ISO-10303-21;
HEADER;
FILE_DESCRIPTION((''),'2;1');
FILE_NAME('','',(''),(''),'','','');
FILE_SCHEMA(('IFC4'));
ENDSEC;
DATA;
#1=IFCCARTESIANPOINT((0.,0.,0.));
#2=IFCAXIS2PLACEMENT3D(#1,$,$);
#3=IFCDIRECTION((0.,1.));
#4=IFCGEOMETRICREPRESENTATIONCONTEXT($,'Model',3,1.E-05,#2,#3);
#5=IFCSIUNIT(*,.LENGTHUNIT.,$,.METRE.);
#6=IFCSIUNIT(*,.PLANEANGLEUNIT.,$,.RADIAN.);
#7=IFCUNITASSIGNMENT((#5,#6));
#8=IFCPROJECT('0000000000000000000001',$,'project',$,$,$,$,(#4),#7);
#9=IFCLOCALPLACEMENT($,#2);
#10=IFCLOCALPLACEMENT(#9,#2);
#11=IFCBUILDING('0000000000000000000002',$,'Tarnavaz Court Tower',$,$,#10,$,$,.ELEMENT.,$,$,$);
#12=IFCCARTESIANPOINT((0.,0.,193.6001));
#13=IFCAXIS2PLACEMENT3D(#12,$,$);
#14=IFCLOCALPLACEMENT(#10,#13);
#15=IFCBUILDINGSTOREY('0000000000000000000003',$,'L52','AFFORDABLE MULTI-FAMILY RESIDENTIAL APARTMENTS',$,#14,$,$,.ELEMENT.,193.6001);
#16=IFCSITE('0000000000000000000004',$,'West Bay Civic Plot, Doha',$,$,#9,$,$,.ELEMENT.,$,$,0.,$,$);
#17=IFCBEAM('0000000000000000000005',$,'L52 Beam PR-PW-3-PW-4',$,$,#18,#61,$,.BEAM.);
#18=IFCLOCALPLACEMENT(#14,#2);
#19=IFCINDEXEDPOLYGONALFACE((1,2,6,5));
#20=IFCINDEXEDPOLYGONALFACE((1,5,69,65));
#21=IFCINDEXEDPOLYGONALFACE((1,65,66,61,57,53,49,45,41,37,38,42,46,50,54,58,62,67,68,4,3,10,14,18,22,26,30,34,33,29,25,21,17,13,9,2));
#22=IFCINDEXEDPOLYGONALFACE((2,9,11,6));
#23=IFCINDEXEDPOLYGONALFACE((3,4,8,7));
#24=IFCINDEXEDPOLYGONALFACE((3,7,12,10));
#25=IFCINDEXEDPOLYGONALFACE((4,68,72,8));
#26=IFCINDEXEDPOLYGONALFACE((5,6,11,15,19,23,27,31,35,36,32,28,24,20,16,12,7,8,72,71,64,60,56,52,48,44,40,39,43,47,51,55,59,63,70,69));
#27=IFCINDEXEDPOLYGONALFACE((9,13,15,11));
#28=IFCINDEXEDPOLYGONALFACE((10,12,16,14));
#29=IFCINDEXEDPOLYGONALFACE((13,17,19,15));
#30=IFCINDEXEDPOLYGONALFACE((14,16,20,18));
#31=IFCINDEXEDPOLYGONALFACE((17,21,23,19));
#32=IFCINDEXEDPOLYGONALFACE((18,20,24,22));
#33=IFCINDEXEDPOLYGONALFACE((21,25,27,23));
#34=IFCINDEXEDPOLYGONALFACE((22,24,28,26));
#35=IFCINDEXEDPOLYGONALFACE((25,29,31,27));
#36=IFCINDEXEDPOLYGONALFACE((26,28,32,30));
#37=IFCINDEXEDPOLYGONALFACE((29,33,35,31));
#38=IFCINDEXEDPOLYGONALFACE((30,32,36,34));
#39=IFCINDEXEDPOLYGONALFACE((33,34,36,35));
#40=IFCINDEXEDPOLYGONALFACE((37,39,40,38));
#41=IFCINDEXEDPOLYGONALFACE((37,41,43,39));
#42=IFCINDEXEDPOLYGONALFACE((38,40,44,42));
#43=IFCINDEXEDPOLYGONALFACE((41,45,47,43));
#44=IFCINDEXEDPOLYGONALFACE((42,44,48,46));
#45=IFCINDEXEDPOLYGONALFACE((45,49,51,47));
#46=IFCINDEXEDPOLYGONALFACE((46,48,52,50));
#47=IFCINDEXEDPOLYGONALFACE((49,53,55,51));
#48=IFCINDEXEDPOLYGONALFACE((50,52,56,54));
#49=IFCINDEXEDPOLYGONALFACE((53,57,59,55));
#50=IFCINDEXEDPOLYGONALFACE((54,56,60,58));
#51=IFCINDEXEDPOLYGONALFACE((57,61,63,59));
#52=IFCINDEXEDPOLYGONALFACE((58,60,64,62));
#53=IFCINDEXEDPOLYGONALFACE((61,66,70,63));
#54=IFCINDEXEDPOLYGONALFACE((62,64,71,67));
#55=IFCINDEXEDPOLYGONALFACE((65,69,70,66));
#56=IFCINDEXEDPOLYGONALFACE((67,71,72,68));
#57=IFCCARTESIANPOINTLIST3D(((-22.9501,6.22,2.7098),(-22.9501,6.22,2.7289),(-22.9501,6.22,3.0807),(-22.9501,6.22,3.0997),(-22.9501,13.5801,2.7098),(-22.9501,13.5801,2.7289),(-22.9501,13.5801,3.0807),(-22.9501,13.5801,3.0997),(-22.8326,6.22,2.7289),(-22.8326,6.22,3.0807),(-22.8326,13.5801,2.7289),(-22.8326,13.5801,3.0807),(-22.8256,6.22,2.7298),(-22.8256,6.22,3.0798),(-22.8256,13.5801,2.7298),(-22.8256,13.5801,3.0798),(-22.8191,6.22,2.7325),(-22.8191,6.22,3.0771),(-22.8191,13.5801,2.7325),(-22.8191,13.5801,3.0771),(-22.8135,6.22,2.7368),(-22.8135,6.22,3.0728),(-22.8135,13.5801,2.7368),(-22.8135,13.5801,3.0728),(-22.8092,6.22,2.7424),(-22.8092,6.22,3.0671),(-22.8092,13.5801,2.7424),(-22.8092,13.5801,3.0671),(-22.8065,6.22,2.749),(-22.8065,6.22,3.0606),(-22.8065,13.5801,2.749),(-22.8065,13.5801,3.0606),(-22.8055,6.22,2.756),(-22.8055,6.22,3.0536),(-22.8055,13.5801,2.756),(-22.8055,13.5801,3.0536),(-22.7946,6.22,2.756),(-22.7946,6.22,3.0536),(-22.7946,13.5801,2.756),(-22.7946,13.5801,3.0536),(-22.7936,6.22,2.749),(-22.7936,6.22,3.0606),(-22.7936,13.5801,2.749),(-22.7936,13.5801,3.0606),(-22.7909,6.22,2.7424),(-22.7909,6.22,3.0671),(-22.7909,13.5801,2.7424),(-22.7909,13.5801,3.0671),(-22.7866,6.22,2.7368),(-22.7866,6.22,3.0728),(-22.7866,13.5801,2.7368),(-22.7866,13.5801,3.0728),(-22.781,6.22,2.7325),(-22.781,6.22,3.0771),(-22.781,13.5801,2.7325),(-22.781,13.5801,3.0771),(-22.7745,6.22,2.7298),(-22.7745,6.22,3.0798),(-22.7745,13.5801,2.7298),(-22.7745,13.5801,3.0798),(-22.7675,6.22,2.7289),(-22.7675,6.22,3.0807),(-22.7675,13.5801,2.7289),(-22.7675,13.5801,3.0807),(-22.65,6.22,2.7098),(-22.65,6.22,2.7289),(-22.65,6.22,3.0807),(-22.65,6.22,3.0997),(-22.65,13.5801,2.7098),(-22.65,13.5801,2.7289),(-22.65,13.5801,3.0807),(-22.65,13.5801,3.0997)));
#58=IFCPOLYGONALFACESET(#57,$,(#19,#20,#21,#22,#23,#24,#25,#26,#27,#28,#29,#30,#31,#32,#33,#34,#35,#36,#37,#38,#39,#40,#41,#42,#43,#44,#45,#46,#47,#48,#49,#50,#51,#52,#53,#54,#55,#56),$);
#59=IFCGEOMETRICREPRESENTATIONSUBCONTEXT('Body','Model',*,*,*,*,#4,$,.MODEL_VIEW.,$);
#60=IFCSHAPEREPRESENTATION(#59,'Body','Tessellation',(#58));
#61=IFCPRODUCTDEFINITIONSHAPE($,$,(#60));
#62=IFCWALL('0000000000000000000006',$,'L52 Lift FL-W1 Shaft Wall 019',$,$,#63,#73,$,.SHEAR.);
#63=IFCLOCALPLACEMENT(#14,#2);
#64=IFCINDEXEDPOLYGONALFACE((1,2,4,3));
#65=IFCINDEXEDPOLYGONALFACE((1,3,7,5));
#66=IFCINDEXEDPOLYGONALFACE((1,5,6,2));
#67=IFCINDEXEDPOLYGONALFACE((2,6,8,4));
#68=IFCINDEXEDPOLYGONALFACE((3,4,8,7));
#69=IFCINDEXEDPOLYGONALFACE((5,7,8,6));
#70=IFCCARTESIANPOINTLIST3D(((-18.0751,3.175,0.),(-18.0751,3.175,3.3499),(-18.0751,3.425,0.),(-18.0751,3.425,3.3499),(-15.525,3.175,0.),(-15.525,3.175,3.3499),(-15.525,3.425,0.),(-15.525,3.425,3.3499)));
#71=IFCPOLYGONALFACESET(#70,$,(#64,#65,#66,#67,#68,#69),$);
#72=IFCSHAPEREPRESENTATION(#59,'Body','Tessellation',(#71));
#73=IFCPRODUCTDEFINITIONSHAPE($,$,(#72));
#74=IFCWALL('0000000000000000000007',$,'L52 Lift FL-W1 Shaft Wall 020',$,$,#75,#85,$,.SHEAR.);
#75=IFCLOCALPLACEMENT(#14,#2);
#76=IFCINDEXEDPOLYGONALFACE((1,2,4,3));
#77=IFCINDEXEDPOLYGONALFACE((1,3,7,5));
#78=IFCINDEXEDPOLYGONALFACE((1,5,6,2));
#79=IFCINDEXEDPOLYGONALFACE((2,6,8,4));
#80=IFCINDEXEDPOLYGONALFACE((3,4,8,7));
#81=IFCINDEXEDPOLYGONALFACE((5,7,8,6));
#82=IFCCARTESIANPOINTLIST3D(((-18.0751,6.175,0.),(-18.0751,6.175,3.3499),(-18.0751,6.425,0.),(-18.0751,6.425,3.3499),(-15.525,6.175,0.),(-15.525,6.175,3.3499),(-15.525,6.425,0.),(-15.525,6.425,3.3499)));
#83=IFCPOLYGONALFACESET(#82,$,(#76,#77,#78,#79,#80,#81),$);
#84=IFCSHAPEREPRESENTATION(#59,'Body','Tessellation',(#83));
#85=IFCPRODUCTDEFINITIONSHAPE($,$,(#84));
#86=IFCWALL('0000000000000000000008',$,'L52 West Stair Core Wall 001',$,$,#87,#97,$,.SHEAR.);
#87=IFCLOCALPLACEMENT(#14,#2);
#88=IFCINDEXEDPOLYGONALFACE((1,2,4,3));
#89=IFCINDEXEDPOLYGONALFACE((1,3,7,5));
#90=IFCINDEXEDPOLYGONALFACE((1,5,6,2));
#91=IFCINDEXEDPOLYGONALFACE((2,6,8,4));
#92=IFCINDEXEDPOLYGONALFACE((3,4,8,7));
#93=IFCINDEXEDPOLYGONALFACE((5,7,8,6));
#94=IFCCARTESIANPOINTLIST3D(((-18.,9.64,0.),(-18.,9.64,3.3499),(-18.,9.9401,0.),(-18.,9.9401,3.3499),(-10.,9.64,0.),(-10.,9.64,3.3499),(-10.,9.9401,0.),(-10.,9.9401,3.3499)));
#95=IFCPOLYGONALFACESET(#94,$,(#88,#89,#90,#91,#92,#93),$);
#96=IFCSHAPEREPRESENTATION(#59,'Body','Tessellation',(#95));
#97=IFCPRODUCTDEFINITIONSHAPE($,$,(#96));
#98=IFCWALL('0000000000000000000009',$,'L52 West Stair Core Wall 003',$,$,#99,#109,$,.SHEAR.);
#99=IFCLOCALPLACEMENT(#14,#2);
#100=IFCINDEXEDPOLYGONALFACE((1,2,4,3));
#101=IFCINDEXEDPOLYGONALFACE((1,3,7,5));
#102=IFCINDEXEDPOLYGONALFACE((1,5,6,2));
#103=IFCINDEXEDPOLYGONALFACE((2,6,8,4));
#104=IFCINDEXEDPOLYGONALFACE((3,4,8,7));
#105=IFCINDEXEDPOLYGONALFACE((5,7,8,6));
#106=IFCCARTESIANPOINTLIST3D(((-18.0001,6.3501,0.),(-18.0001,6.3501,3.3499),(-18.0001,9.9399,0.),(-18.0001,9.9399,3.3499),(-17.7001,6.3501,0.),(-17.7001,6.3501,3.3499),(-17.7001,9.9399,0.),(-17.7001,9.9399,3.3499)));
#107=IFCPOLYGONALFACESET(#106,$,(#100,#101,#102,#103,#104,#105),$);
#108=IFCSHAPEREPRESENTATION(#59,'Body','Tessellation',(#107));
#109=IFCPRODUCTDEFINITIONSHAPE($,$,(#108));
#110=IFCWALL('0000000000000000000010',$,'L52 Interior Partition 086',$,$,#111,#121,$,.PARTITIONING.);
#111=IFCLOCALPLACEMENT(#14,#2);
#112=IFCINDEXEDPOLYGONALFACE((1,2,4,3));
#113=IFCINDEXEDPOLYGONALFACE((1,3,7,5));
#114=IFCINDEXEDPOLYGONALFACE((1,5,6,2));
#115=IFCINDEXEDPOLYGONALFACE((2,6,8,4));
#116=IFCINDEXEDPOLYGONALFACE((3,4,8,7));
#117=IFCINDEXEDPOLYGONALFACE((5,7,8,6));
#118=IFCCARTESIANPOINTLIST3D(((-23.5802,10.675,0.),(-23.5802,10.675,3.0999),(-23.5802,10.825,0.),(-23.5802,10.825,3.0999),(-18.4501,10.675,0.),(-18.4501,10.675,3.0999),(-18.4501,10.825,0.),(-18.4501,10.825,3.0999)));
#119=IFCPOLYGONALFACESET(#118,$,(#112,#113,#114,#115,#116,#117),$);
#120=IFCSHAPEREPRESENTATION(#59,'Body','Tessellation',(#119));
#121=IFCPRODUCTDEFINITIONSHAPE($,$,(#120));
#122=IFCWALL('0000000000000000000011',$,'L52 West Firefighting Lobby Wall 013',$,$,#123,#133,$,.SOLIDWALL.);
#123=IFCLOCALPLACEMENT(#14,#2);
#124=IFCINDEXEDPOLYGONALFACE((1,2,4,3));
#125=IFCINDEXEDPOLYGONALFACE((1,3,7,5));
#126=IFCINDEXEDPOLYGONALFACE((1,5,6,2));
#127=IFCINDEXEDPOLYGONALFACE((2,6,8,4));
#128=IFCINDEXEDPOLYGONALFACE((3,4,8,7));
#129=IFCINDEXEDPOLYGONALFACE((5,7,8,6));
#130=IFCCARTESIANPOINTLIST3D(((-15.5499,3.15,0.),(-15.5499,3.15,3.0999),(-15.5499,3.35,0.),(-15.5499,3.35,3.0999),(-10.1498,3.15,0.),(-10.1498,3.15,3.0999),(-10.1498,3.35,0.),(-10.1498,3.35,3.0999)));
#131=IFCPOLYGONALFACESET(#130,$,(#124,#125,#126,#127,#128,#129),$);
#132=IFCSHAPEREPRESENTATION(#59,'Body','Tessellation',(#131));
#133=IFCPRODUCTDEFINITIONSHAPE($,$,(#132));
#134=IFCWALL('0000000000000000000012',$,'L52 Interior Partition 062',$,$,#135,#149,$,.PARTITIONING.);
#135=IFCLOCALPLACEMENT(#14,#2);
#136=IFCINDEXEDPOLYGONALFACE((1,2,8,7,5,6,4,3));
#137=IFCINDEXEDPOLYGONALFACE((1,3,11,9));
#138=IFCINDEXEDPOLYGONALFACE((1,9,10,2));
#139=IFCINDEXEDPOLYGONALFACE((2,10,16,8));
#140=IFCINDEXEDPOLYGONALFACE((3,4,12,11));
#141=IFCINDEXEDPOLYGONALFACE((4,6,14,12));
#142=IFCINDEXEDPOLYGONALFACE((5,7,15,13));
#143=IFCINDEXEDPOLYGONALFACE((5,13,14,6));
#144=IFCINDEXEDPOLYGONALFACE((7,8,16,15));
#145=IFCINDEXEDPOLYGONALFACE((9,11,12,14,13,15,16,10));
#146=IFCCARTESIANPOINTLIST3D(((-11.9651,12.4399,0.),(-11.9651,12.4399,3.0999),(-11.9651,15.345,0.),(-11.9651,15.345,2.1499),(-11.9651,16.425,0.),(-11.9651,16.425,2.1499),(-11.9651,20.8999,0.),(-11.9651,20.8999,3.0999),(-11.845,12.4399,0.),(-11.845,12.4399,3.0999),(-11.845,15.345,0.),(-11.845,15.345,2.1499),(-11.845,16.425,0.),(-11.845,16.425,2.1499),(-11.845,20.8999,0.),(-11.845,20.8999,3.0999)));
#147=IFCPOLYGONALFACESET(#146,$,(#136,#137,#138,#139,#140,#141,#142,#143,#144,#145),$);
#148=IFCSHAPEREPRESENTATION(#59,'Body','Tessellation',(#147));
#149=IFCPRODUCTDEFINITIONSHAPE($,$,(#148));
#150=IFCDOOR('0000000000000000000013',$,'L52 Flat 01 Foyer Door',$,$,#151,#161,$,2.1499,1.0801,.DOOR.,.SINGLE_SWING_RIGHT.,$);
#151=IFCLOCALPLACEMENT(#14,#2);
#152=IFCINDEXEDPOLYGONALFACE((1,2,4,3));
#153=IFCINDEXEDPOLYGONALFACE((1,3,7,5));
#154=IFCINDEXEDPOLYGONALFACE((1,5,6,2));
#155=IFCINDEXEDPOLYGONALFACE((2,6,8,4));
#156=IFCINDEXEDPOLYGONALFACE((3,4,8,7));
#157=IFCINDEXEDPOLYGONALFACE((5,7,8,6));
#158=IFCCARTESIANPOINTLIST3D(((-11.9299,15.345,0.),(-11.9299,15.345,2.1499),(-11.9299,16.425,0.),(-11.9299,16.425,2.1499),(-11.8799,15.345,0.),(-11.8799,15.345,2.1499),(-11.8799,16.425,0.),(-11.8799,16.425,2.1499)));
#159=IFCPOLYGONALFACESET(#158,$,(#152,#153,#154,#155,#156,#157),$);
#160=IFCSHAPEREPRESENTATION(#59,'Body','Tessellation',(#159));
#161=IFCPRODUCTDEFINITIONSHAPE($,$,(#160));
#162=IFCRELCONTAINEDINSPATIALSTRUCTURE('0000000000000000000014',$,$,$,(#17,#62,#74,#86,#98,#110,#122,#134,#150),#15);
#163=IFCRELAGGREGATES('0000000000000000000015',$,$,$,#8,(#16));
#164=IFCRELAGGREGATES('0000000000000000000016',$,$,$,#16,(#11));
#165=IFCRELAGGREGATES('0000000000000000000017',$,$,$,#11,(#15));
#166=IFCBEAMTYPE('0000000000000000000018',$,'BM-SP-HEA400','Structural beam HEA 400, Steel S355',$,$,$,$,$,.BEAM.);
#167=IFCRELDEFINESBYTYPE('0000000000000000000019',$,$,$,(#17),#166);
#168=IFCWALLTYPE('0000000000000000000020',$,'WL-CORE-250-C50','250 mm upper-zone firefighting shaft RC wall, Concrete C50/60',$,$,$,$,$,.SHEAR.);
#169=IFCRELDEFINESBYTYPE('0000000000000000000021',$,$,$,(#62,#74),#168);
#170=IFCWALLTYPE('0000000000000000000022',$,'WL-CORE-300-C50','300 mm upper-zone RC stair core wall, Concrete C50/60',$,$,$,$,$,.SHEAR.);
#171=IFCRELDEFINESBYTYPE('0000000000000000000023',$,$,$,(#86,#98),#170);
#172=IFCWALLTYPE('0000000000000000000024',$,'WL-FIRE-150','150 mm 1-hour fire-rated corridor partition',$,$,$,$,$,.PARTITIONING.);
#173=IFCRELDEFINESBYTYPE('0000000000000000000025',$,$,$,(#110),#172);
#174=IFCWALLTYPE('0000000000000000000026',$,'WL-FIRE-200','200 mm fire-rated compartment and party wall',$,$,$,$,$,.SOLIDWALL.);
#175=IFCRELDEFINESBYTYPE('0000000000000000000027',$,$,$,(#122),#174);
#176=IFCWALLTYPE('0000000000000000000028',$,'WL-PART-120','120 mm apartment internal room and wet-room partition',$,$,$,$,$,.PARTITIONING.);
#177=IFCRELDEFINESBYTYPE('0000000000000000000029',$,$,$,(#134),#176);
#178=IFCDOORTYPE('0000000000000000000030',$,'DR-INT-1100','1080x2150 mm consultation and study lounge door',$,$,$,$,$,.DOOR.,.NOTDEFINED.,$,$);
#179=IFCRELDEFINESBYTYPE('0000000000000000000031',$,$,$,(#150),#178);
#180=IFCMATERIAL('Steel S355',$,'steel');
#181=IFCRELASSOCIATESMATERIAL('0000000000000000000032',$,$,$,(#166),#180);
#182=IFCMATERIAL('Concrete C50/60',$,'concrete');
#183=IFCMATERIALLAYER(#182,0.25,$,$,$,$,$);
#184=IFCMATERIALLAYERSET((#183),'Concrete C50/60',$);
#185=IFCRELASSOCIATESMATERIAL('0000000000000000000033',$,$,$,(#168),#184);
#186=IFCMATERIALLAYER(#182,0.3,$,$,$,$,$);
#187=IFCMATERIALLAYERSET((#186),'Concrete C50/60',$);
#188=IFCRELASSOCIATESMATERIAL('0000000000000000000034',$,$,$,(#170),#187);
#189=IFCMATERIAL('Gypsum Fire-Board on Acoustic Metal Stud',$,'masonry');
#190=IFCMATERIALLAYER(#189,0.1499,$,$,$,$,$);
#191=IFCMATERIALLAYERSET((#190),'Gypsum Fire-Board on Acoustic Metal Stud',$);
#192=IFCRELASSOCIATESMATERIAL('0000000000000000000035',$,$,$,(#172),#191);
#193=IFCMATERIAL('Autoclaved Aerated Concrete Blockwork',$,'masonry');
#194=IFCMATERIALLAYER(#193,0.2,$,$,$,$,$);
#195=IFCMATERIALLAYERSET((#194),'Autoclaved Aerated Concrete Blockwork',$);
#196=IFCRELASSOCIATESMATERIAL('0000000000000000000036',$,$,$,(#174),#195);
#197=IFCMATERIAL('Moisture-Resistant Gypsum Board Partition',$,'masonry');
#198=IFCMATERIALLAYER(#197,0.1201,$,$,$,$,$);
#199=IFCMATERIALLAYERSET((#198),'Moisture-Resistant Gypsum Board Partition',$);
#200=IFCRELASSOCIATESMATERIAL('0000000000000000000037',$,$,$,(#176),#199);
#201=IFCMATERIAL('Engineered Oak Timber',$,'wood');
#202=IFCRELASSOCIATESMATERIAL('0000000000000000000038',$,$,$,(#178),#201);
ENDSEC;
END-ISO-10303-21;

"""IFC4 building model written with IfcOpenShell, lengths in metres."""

from ifc_helpers import new_model, si_unit, direction, frame, frame_2d, origin, origin_2d, place, context, subcontext, project, spatial, rectangle, i_section, extrude, material, layer, layer_set, material_profile, profile_set, type_object, element, fill, save


model = new_model("IFC4")

# Units and contexts
model_context = context("Model", 3, precision=1e-05, world=origin(), true_north=direction((0.0, 1.0)))
body_context = subcontext(model_context, "Body", "Model", "MODEL_VIEW")
ifc_project = project(units=[si_unit("LENGTHUNIT", "METRE"), si_unit("PLANEANGLEUNIT", "RADIAN")], contexts=[model_context])

# Site, building, storey
site_placement = place(None, origin())
site = spatial("IfcSite", under=ifc_project, at=site_placement, Name="West Bay Civic Plot, Doha", CompositionType="ELEMENT", RefElevation=0.0)
building_placement = place(site_placement, origin())
building = spatial("IfcBuilding", under=site, at=building_placement, Name="Tarnavaz Court Tower", CompositionType="ELEMENT")
storey_placement = place(building_placement, frame((0.0, 0.0, 193.6001)))
storey = spatial("IfcBuildingStorey", under=building, at=storey_placement, Name="L52", Description="AFFORDABLE MULTI-FAMILY RESIDENTIAL APARTMENTS", CompositionType="ELEMENT", Elevation=193.6001)

# Shared definitions
ifc_material_1 = material(Name="Concrete C50/60", Category="concrete")

# Beam
ifc_material_2 = material(Name="Steel S355", Category="steel")
ifc_material_profile_1 = material_profile(ifc_material_2, i_section(OverallWidth=0.3, OverallDepth=0.3899, WebThickness=0.011, FlangeThickness=0.019, FilletRadius=0.0271, at=origin_2d()), Name="HEA 400")
ifc_profile_set_1 = profile_set([ifc_material_profile_1], Name="Steel S355")
beam_type_1 = type_object("IfcBeamType", Name="BM-SP-HEA400", Description="Structural beam HEA 400, Steel S355", PredefinedType="BEAM", material=ifc_profile_set_1)
beam_1_placement = place(storey_placement, frame((-22.8, 6.22, 2.9048), z_axis=(0.0, 1.0, 0.0), x_axis=(-1.0, 0.0, 0.0)))
element("IfcBeam", 1, at=beam_1_placement, inside=storey, type_object=beam_type_1, Name="L52 Beam PR-PW-3-PW-4", PredefinedType="BEAM", context=body_context, shape_type="SweptSolid", body=[
    extrude(i_section(OverallWidth=0.3, OverallDepth=0.3899, WebThickness=0.011, FlangeThickness=0.019, FilletRadius=0.0271, at=origin_2d()), origin(), (0.0, 0.0, 1.0), 7.3601),
])

# Walls
ifc_layer_1 = layer(ifc_material_1, 0.25)
ifc_layer_set_1 = layer_set([ifc_layer_1], Name="Concrete C50/60")
wall_type_1 = type_object("IfcWallType", Name="WL-CORE-250-C50", Description="250 mm upper-zone firefighting shaft RC wall, Concrete C50/60", PredefinedType="SHEAR", material=ifc_layer_set_1)
for number, where, z_axis, x_axis, name in (
    (2, (-18.075, 3.3, 0.0), (0.0, 0.0, 1.0), (1.0, 0.0, 0.0), "L52 Lift FL-W1 Shaft Wall 019"),
    (3, (-18.075, 6.3, 0.0), (0.0, 0.0, 1.0), (1.0, 0.0, 0.0), "L52 Lift FL-W1 Shaft Wall 020"),
):
    element("IfcWall", number, at=place(storey_placement, frame(where, z_axis=z_axis, x_axis=x_axis)), inside=storey, type_object=wall_type_1, Name=name, PredefinedType="SHEAR", context=body_context, shape_type="SweptSolid", body=[
        extrude(rectangle(XDim=2.55, YDim=0.25, at=frame_2d((1.2749, 0.0))), origin(), (0.0, 0.0, 1.0), 3.3499),
    ])
ifc_layer_2 = layer(ifc_material_1, 0.3)
ifc_layer_set_2 = layer_set([ifc_layer_2], Name="Concrete C50/60")
wall_type_2 = type_object("IfcWallType", Name="WL-CORE-300-C50", Description="300 mm upper-zone RC stair core wall, Concrete C50/60", PredefinedType="SHEAR", material=ifc_layer_set_2)
wall_1_placement = place(storey_placement, frame((-18.0, 9.79, 0.0), z_axis=(0.0, 0.0, 1.0), x_axis=(1.0, 0.0, 0.0)))
element("IfcWall", 4, at=wall_1_placement, inside=storey, type_object=wall_type_2, Name="L52 West Stair Core Wall 001", PredefinedType="SHEAR", context=body_context, shape_type="SweptSolid", body=[
    extrude(rectangle(XDim=8.0, YDim=0.3, at=frame_2d((4.0, 0.0))), origin(), (0.0, 0.0, 1.0), 3.3499),
])

# Walls
wall_2_placement = place(storey_placement, frame((-17.8501, 6.3501, 0.0), z_axis=(0.0, 0.0, 1.0), x_axis=(0.0, 1.0, 0.0)))
element("IfcWall", 5, at=wall_2_placement, inside=storey, type_object=wall_type_2, Name="L52 West Stair Core Wall 003", PredefinedType="SHEAR", context=body_context, shape_type="SweptSolid", body=[
    extrude(rectangle(XDim=3.5898, YDim=0.3, at=frame_2d((1.7949, 0.0))), origin(), (0.0, 0.0, 1.0), 3.3499),
])
ifc_material_3 = material(Name="Gypsum Fire-Board on Acoustic Metal Stud", Category="masonry")
ifc_layer_3 = layer(ifc_material_3, 0.1499)
ifc_layer_set_3 = layer_set([ifc_layer_3], Name="Gypsum Fire-Board on Acoustic Metal Stud")
wall_type_3 = type_object("IfcWallType", Name="WL-FIRE-150", Description="150 mm 1-hour fire-rated corridor partition", PredefinedType="PARTITIONING", material=ifc_layer_set_3)
wall_3_placement = place(storey_placement, frame((-23.5801, 10.75, 0.0), z_axis=(0.0, 0.0, 1.0), x_axis=(1.0, 0.0, 0.0)))
element("IfcWall", 6, at=wall_3_placement, inside=storey, type_object=wall_type_3, Name="L52 Interior Partition 086", PredefinedType="PARTITIONING", context=body_context, shape_type="SweptSolid", body=[
    extrude(rectangle(XDim=5.1301, YDim=0.1499, at=frame_2d((2.5649, 0.0))), origin(), (0.0, 0.0, 1.0), 3.0999),
])
ifc_material_4 = material(Name="Autoclaved Aerated Concrete Blockwork", Category="masonry")
ifc_layer_4 = layer(ifc_material_4, 0.2)
ifc_layer_set_4 = layer_set([ifc_layer_4], Name="Autoclaved Aerated Concrete Blockwork")
wall_type_4 = type_object("IfcWallType", Name="WL-FIRE-200", Description="200 mm fire-rated compartment and party wall", PredefinedType="SOLIDWALL", material=ifc_layer_set_4)
wall_4_placement = place(storey_placement, frame((-15.55, 3.25, 0.0), z_axis=(0.0, 0.0, 1.0), x_axis=(1.0, 0.0, 0.0)))
element("IfcWall", 7, at=wall_4_placement, inside=storey, type_object=wall_type_4, Name="L52 West Firefighting Lobby Wall 013", PredefinedType="SOLIDWALL", context=body_context, shape_type="SweptSolid", body=[
    extrude(rectangle(XDim=5.4001, YDim=0.2, at=frame_2d((2.7002, 0.0))), origin(), (0.0, 0.0, 1.0), 3.0999),
])

# Wall, opening, door
ifc_material_5 = material(Name="Moisture-Resistant Gypsum Board Partition", Category="masonry")
ifc_layer_5 = layer(ifc_material_5, 0.1201)
ifc_layer_set_5 = layer_set([ifc_layer_5], Name="Moisture-Resistant Gypsum Board Partition")
wall_type_5 = type_object("IfcWallType", Name="WL-PART-120", Description="120 mm apartment internal room and wet-room partition", PredefinedType="PARTITIONING", material=ifc_layer_set_5)
wall_5_placement = place(storey_placement, frame((-11.905, 12.4399, 0.0), z_axis=(0.0, 0.0, 1.0), x_axis=(0.0, 1.0, 0.0)))
wall_5 = element("IfcWall", 8, at=wall_5_placement, inside=storey, type_object=wall_type_5, Name="L52 Interior Partition 062", PredefinedType="PARTITIONING", context=body_context, shape_type="SweptSolid", body=[
    extrude(rectangle(XDim=8.46, YDim=0.1201, at=frame_2d((4.23, 0.0))), origin(), (0.0, 0.0, 1.0), 3.0999),
])
opening_1_placement = place(wall_5_placement, frame((2.905, 0.0, 0.0)))
opening_1 = element("IfcOpeningElement", 9, at=opening_1_placement, cuts=wall_5, PredefinedType="OPENING", context=body_context, shape_type="SweptSolid", body=[
    extrude(rectangle(XDim=1.0801, YDim=2.1499, at=frame_2d((0.54, 1.075))), frame((0.0, 0.0701, 0.0), z_axis=(0.0, -1.0, 0.0), x_axis=(1.0, 0.0, 0.0)), (0.0, 0.0, 1.0), 0.1401),
])
ifc_material_6 = material(Name="Engineered Oak Timber", Category="wood")
door_type_1 = type_object("IfcDoorType", Name="DR-INT-1100", Description="1080x2150 mm consultation and study lounge door", OperationType="NOTDEFINED", PredefinedType="DOOR", material=ifc_material_6)
door_1_placement = place(opening_1_placement, origin())
door_1 = element("IfcDoor", 10, at=door_1_placement, inside=storey, type_object=door_type_1, Name="L52 Flat 01 Foyer Door", OperationType="SINGLE_SWING_RIGHT", OverallHeight=2.1499, OverallWidth=1.0801, PredefinedType="DOOR", context=body_context, shape_type="SweptSolid", body=[
    extrude(rectangle(XDim=1.0801, YDim=2.1499, at=frame_2d((0.54, 1.075))), frame((0.0, 0.0249, 0.0), z_axis=(0.0, -1.0, 0.0), x_axis=(1.0, 0.0, 0.0)), (0.0, 0.0, 1.0), 0.05),
])
fill(opening_1, door_1)

save(model, "model.ifc")
